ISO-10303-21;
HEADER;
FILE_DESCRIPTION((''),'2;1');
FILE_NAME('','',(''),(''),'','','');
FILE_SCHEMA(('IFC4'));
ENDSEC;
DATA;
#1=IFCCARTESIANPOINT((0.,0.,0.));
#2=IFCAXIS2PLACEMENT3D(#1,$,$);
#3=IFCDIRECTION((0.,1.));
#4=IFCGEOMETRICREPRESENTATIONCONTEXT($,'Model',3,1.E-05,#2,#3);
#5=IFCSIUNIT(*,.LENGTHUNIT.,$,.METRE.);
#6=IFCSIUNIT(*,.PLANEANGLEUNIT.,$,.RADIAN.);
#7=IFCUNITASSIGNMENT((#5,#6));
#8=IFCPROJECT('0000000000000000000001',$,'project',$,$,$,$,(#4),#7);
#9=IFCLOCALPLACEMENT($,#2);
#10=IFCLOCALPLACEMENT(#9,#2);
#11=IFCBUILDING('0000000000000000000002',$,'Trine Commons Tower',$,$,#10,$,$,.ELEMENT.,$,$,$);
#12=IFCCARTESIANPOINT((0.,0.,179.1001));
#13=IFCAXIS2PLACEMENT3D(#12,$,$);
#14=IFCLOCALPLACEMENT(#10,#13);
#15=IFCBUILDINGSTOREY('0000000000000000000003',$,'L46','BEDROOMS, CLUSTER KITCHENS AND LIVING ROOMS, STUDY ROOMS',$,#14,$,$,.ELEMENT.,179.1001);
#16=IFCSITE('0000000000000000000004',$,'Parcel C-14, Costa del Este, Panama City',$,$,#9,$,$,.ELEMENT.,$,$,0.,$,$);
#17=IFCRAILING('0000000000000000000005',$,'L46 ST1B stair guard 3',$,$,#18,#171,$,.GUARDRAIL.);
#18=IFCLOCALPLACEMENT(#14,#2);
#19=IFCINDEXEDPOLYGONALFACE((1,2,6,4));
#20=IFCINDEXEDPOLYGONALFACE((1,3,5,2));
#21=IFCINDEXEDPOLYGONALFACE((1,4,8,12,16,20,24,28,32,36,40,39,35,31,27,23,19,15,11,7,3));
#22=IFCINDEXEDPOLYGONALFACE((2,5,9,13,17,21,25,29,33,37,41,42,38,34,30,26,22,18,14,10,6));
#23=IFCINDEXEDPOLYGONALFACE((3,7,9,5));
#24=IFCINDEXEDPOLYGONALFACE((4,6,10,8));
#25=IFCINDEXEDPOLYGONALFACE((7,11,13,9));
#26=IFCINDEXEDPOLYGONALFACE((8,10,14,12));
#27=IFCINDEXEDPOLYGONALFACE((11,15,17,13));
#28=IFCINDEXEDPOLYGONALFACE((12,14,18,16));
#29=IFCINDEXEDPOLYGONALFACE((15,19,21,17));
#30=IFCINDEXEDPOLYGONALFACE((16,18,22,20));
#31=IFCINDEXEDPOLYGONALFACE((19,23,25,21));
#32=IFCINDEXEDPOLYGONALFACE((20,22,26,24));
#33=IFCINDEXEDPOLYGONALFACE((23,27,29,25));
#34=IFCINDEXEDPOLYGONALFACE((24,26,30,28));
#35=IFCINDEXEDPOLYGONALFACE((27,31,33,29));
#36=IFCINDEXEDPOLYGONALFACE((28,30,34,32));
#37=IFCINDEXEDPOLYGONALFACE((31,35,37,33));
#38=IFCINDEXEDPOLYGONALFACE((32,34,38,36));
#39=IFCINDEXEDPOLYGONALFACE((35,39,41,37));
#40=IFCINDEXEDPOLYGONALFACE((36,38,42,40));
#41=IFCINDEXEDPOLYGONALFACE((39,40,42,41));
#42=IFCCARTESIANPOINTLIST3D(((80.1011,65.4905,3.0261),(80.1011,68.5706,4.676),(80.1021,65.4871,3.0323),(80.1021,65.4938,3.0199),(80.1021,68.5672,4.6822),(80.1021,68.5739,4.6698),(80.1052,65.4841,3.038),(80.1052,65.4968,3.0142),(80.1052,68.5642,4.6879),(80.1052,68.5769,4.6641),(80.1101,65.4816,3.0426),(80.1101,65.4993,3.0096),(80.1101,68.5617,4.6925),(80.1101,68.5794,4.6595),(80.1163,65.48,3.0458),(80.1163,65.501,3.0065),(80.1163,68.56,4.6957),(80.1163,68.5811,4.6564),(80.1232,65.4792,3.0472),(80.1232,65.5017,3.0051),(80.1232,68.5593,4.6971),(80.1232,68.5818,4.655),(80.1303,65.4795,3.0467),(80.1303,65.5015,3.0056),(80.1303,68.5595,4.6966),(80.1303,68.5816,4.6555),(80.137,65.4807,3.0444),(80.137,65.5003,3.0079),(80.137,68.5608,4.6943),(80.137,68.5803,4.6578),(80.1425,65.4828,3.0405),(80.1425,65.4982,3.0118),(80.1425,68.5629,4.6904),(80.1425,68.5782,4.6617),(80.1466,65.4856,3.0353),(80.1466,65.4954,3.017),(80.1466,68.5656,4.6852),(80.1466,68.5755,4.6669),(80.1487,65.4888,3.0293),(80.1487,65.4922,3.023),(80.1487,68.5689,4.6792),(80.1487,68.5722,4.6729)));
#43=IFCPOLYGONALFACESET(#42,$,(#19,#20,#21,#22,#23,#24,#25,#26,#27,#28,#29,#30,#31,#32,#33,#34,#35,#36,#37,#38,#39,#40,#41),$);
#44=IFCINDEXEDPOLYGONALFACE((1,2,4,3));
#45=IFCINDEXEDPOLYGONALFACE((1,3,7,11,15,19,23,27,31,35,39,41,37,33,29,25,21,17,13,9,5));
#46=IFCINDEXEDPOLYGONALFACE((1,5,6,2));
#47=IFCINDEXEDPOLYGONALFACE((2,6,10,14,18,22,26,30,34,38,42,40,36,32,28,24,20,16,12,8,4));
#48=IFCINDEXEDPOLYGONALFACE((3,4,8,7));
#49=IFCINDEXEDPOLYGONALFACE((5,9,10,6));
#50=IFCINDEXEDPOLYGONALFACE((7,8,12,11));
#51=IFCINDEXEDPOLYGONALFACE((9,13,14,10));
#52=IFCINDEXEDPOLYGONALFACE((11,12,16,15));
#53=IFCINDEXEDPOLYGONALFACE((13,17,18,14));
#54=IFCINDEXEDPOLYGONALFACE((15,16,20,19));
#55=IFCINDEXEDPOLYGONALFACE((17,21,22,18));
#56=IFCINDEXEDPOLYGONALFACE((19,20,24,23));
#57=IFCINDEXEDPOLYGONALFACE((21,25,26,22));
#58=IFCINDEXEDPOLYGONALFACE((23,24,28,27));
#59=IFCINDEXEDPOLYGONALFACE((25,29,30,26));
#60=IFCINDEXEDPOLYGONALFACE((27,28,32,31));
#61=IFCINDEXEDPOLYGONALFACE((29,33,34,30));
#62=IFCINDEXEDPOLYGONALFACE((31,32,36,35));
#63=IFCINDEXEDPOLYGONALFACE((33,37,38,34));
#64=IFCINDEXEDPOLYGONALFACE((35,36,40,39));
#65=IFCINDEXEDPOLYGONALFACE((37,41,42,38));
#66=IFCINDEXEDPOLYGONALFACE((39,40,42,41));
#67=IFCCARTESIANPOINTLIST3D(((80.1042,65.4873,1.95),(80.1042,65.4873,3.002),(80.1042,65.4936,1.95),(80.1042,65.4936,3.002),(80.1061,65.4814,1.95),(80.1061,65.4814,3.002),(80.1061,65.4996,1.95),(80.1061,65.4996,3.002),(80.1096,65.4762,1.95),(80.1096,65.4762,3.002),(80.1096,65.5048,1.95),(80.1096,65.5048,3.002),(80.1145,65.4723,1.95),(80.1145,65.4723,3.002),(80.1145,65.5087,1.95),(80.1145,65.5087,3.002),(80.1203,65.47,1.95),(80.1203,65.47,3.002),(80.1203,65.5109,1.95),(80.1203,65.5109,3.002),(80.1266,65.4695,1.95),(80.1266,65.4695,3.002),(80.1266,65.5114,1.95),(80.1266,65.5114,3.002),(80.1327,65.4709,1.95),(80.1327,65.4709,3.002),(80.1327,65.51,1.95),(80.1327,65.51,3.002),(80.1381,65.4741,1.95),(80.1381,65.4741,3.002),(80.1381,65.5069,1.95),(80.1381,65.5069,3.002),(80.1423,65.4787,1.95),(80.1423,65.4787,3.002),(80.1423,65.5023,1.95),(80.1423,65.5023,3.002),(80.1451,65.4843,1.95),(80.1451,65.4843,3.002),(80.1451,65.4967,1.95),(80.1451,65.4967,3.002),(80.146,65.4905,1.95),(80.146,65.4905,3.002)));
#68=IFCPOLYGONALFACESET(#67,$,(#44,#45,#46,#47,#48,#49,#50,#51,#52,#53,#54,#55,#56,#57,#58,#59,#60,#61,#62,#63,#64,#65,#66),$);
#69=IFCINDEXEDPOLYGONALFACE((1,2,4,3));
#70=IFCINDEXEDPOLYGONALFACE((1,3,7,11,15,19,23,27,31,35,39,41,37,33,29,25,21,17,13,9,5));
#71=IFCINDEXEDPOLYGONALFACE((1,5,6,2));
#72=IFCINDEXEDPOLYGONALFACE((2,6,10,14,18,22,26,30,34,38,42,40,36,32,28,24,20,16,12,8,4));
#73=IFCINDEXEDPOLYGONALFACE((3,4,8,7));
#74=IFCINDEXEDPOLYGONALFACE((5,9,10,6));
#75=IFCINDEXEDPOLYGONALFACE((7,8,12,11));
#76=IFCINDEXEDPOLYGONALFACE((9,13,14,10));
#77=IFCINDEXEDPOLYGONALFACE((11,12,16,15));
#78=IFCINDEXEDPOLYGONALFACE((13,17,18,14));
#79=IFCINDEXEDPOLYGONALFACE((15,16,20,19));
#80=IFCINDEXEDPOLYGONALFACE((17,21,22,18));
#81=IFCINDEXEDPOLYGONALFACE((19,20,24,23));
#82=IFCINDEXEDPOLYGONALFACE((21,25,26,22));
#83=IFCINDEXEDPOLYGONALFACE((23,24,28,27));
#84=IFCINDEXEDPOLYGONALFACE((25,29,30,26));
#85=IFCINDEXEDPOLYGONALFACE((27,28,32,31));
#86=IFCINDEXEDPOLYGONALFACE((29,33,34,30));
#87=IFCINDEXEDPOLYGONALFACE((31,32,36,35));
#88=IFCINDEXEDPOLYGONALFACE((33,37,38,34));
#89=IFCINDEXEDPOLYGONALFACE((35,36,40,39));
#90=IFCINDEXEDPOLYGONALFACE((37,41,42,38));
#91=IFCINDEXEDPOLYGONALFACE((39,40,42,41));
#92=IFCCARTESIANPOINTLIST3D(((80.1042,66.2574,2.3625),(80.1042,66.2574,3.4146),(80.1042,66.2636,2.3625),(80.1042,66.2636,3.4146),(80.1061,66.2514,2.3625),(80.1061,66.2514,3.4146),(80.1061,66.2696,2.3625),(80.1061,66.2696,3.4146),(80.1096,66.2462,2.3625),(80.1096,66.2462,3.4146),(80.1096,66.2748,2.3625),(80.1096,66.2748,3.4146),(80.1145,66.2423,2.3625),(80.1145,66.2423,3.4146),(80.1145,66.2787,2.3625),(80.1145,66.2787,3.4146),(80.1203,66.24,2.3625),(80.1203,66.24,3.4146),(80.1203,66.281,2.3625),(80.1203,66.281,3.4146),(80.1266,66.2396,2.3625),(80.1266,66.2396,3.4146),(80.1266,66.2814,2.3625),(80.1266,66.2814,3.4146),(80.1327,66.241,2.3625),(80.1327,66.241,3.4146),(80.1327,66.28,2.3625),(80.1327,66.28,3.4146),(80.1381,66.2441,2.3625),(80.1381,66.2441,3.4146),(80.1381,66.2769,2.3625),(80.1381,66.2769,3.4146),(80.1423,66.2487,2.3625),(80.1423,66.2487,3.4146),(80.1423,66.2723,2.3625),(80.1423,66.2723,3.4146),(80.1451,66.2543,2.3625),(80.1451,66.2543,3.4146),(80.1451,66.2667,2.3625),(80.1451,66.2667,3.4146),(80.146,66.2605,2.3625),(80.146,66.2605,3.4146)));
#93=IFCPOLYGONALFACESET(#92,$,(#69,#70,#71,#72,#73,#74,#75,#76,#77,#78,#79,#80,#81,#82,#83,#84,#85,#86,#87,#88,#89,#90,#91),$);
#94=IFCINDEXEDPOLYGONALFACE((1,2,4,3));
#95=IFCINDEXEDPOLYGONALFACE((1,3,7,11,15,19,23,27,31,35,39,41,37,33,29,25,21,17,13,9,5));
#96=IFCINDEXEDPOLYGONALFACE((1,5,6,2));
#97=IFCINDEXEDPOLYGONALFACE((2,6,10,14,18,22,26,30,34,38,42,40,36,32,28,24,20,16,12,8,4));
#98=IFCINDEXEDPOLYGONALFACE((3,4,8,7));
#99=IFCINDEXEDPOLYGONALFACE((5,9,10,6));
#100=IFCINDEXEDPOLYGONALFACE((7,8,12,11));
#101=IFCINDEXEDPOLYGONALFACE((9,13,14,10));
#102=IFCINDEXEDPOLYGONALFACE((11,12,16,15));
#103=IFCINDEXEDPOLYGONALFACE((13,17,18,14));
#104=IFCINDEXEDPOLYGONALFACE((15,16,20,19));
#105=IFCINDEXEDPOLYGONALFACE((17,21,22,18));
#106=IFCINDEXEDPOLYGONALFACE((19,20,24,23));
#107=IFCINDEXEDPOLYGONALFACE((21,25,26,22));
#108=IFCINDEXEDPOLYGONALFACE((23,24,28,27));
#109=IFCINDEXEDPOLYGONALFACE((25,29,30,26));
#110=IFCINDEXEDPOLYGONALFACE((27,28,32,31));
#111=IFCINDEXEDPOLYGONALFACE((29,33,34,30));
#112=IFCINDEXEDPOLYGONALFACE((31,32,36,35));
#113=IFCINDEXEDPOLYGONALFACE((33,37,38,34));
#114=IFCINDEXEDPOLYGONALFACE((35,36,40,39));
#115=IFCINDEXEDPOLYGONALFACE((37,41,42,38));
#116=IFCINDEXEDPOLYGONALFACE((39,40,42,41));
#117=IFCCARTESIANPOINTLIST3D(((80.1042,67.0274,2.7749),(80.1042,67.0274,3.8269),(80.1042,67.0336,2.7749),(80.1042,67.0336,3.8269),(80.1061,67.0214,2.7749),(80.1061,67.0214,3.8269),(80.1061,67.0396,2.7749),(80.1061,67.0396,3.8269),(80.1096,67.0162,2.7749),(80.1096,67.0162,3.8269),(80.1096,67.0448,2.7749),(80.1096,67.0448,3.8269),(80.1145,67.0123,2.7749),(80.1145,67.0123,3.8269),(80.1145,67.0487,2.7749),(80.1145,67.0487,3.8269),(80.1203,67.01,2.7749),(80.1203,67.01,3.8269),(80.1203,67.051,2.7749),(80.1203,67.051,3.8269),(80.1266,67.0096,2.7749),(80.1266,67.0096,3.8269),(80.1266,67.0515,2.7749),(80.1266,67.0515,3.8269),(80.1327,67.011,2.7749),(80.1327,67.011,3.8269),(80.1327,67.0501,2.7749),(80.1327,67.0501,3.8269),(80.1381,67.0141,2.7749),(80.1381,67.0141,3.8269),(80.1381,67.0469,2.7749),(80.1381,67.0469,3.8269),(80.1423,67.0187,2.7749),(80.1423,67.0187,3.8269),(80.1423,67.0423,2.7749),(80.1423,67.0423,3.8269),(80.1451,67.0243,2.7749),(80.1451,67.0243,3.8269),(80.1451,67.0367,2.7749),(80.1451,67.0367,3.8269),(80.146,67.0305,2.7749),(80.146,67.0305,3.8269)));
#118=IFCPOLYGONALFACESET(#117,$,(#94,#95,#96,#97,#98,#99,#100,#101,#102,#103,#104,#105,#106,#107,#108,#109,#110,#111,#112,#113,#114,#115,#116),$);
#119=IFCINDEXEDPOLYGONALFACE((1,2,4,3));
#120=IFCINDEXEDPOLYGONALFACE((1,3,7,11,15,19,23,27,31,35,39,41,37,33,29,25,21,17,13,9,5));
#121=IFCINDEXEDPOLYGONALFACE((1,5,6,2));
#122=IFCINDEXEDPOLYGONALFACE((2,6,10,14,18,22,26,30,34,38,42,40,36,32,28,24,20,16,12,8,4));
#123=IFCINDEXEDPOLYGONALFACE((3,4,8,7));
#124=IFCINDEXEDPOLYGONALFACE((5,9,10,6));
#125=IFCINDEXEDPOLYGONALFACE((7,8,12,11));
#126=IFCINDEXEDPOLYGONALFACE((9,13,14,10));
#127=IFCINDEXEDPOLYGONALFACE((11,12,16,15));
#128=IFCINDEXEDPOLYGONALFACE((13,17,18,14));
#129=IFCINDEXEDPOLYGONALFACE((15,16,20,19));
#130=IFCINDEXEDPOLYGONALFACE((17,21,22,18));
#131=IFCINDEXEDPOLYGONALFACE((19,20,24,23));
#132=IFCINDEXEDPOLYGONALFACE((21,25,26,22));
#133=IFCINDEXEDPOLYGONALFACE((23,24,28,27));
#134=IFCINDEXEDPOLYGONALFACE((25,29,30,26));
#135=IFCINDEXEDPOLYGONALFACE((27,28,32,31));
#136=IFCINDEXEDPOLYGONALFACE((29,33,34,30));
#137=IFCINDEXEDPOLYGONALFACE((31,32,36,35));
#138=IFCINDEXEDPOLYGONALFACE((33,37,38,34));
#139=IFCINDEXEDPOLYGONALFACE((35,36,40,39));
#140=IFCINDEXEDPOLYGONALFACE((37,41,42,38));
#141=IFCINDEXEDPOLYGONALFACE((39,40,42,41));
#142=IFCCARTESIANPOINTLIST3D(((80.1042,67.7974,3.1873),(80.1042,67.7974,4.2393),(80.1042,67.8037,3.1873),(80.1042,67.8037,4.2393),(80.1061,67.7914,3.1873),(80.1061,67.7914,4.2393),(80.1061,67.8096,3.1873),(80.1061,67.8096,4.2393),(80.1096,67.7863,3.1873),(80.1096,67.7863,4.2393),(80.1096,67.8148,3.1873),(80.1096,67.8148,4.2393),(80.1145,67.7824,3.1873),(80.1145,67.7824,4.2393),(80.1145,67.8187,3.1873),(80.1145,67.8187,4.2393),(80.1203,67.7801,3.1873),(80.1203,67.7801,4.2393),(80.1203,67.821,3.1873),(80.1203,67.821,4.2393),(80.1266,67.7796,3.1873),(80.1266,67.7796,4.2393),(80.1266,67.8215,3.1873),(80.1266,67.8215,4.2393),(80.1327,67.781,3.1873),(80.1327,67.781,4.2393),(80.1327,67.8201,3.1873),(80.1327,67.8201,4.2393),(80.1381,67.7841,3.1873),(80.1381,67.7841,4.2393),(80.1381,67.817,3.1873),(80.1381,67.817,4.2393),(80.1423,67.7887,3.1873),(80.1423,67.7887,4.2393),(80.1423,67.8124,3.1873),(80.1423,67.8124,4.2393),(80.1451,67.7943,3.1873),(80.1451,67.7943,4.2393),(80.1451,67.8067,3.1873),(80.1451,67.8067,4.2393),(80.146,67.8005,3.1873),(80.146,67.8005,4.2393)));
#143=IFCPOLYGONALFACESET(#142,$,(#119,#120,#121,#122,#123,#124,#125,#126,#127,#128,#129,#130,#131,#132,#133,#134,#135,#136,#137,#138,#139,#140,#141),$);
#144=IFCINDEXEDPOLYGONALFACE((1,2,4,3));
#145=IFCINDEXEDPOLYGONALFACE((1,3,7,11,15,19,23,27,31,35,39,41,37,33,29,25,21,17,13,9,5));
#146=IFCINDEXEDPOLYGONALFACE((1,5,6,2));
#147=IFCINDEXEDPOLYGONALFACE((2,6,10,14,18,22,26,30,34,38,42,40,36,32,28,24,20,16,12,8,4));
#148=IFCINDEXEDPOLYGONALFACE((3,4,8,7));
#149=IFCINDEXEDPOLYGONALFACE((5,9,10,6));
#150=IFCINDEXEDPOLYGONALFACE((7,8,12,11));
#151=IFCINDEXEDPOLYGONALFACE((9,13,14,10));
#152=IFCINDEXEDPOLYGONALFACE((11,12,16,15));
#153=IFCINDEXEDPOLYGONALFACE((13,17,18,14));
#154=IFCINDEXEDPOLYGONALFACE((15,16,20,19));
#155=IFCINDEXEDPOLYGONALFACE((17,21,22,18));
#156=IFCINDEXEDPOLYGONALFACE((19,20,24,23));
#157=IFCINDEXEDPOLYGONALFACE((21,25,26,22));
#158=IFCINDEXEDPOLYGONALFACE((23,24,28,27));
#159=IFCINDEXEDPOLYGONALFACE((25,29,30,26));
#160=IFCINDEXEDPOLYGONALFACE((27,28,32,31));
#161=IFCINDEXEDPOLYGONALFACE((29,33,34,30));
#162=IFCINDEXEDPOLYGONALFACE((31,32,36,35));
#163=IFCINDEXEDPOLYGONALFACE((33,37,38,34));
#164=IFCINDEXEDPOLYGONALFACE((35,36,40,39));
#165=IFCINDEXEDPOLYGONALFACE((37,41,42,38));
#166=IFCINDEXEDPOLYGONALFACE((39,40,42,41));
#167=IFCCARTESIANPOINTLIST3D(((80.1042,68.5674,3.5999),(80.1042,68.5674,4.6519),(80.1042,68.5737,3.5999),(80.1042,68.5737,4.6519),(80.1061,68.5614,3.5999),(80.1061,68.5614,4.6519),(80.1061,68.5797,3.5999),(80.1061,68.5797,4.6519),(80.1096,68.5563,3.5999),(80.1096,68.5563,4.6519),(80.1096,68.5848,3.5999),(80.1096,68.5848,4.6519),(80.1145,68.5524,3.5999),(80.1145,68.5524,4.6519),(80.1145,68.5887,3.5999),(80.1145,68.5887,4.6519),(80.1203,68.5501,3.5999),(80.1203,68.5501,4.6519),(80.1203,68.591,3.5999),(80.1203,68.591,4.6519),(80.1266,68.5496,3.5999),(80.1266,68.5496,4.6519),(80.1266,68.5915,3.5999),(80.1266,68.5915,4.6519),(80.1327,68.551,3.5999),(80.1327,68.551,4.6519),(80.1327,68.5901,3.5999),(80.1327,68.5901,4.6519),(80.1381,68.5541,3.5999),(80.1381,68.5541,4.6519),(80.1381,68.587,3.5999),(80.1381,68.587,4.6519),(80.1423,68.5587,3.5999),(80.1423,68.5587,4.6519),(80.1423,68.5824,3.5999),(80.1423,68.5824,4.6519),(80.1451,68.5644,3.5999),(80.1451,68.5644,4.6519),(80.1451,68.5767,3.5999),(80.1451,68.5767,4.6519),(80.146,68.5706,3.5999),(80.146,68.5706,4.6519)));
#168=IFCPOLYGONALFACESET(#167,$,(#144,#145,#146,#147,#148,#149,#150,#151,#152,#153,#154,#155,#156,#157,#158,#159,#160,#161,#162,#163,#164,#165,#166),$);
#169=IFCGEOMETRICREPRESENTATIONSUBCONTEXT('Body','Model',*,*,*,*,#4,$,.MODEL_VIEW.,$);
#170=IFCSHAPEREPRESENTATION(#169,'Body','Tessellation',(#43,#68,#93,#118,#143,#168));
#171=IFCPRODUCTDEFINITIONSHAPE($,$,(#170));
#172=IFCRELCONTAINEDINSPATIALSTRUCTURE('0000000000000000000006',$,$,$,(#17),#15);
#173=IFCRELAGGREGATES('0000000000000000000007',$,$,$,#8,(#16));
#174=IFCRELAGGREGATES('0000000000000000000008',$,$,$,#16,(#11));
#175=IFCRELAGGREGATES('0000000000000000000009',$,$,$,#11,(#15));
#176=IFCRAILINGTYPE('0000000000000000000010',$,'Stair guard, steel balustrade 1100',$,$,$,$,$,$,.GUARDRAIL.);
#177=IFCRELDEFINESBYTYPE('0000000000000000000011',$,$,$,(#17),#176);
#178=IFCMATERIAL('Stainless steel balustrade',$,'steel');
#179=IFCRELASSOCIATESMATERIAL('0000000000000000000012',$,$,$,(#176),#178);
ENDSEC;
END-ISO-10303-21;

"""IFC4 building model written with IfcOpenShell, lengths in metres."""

from ifc_helpers import new_model, si_unit, direction, frame, origin, origin_2d, place, context, subcontext, project, spatial, circle, extrude, material, type_object, element, save


model = new_model("IFC4")

# Units and contexts
model_context = context("Model", 3, precision=1e-05, world=origin(), true_north=direction((0.0, 1.0)))
body_context = subcontext(model_context, "Body", "Model", "MODEL_VIEW")
ifc_project = project(units=[si_unit("LENGTHUNIT", "METRE"), si_unit("PLANEANGLEUNIT", "RADIAN")], contexts=[model_context])

# Site, building, storey
site_placement = place(None, origin())
site = spatial("IfcSite", under=ifc_project, at=site_placement, Name="Parcel C-14, Costa del Este, Panama City", CompositionType="ELEMENT", RefElevation=0.0)
building_placement = place(site_placement, origin())
building = spatial("IfcBuilding", under=site, at=building_placement, Name="Trine Commons Tower", CompositionType="ELEMENT")
storey_placement = place(building_placement, frame((0.0, 0.0, 179.1001)))
storey = spatial("IfcBuildingStorey", under=building, at=storey_placement, Name="L46", Description="BEDROOMS, CLUSTER KITCHENS AND LIVING ROOMS, STUDY ROOMS", CompositionType="ELEMENT", Elevation=179.1001)

# Railing
ifc_material_1 = material(Name="Stainless steel balustrade", Category="steel")
railing_type_1 = type_object("IfcRailingType", Name="Stair guard, steel balustrade 1100", PredefinedType="GUARDRAIL", material=ifc_material_1)
railing_1_placement = place(storey_placement, frame((80.125, 65.4905, 1.95)))
element("IfcRailing", 1, at=railing_1_placement, inside=storey, type_object=railing_type_1, Name="L46 ST1B stair guard 3", PredefinedType="GUARDRAIL", context=body_context, shape_type="SweptSolid", body=[
    extrude(circle(Radius=0.0239, at=origin_2d()), frame((0.0, 0.0, 1.0762), z_axis=(0.0, 0.881497, 0.47219), x_axis=(-1.0, 0.0, 0.0)), (0.0, 0.0, 1.0), 3.4941),
    extrude(circle(Radius=0.021, at=origin_2d()), origin(), (0.0, 0.0, 1.0), 1.052),
    extrude(circle(Radius=0.021, at=origin_2d()), frame((0.0, 0.77, 0.4126)), (0.0, 0.0, 1.0), 1.052),
    extrude(circle(Radius=0.021, at=origin_2d()), frame((0.0, 1.54, 0.825)), (0.0, 0.0, 1.0), 1.052),
    extrude(circle(Radius=0.021, at=origin_2d()), frame((0.0, 2.3101, 1.2373)), (0.0, 0.0, 1.0), 1.052),
    extrude(circle(Radius=0.021, at=origin_2d()), frame((0.0, 3.0801, 1.6499)), (0.0, 0.0, 1.0), 1.052),
])

save(model, "model.ifc")
